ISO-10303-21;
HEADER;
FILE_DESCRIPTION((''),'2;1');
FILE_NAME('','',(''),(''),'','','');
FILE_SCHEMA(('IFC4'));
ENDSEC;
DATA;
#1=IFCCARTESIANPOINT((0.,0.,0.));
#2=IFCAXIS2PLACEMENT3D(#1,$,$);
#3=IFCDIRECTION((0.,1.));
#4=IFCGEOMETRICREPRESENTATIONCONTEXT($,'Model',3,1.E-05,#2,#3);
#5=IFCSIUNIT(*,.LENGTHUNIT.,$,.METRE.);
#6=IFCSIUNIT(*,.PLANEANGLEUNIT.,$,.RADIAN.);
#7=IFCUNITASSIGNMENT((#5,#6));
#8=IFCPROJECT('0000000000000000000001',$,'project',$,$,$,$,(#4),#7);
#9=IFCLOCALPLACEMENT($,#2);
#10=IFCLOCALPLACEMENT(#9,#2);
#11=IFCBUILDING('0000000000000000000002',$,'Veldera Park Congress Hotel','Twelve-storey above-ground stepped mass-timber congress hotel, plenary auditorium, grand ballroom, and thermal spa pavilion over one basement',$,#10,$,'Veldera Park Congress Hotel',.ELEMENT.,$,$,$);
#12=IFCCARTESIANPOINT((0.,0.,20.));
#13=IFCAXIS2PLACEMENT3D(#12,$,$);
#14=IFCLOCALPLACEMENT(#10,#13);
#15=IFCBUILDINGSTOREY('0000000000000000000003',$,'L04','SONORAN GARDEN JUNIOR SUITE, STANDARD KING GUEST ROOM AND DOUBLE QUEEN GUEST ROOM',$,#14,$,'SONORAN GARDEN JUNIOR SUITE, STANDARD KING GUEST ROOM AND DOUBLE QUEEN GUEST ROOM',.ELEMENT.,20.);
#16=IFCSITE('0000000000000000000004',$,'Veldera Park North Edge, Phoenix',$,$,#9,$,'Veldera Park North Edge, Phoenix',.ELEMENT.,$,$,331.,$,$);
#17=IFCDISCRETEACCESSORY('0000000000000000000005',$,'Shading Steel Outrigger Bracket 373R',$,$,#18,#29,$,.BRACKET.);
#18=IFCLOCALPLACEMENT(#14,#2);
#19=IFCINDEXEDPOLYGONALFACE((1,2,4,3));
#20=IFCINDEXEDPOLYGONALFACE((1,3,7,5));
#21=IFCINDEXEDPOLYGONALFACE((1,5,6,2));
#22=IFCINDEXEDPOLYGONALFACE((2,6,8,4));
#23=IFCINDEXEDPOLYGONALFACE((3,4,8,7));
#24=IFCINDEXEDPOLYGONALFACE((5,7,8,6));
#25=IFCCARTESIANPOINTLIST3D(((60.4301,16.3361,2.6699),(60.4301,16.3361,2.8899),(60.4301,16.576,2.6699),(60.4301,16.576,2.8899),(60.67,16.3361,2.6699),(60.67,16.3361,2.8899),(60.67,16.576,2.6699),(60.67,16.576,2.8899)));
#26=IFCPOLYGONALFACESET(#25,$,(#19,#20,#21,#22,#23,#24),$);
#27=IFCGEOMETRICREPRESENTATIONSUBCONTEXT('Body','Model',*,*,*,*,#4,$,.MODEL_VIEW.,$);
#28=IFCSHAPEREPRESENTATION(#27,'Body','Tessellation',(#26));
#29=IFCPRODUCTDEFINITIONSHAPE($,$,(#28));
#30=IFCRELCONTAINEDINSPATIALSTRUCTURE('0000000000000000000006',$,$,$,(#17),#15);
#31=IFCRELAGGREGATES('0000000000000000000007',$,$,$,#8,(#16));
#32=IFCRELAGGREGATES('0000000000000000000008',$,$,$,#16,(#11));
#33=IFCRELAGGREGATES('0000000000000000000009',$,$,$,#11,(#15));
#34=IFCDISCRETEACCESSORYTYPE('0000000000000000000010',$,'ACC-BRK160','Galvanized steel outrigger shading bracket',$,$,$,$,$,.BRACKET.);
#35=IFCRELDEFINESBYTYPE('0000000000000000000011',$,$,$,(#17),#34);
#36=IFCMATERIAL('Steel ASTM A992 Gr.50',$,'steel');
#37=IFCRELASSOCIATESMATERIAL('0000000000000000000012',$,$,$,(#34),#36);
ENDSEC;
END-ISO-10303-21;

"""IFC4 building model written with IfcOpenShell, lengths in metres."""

from ifc_helpers import new_model, si_unit, direction, frame, origin, origin_2d, place, context, subcontext, project, spatial, rectangle, extrude, material, type_object, element, save


model = new_model("IFC4")

# Units and contexts
model_context = context("Model", 3, precision=1e-05, world=origin(), true_north=direction((0.0, 1.0)))
body_context = subcontext(model_context, "Body", "Model", "MODEL_VIEW")
ifc_project = project(units=[si_unit("LENGTHUNIT", "METRE"), si_unit("PLANEANGLEUNIT", "RADIAN")], contexts=[model_context])

# Site, building, storey
site_placement = place(None, origin())
site = spatial("IfcSite", under=ifc_project, at=site_placement, Name="Veldera Park North Edge, Phoenix", LongName="Veldera Park North Edge, Phoenix", CompositionType="ELEMENT", RefElevation=331.0)
building_placement = place(site_placement, origin())
building = spatial("IfcBuilding", under=site, at=building_placement, Name="Veldera Park Congress Hotel", Description="Twelve-storey above-ground stepped mass-timber congress hotel, plenary auditorium, grand ballroom, and thermal spa pavilion over one basement", LongName="Veldera Park Congress Hotel", CompositionType="ELEMENT")
storey_placement = place(building_placement, frame((0.0, 0.0, 20.0)))
storey = spatial("IfcBuildingStorey", under=building, at=storey_placement, Name="L04", Description="SONORAN GARDEN JUNIOR SUITE, STANDARD KING GUEST ROOM AND DOUBLE QUEEN GUEST ROOM", LongName="SONORAN GARDEN JUNIOR SUITE, STANDARD KING GUEST ROOM AND DOUBLE QUEEN GUEST ROOM", CompositionType="ELEMENT", Elevation=20.0)

# Discrete accessory
ifc_material_1 = material(Name="Steel ASTM A992 Gr.50", Category="steel")
discrete_accessory_type = type_object("IfcDiscreteAccessoryType", Name="ACC-BRK160", Description="Galvanized steel outrigger shading bracket", PredefinedType="BRACKET", material=ifc_material_1)
for number, where, z_axis, x_axis, name in (
    (1, (60.55, 16.4561, 2.6699), (0.0, 0.0, 1.0), (0.0, -1.0, 0.0), "Shading Steel Outrigger Bracket 373R"),
):
    element("IfcDiscreteAccessory", number, at=place(storey_placement, frame(where, z_axis=z_axis, x_axis=x_axis)), inside=storey, type_object=discrete_accessory_type, Name=name, PredefinedType="BRACKET", context=body_context, shape_type="SweptSolid", body=[
        extrude(rectangle(XDim=0.24, YDim=0.24, at=origin_2d()), origin(), (0.0, 0.0, 1.0), 0.22),
    ])

save(model, "model.ifc")
